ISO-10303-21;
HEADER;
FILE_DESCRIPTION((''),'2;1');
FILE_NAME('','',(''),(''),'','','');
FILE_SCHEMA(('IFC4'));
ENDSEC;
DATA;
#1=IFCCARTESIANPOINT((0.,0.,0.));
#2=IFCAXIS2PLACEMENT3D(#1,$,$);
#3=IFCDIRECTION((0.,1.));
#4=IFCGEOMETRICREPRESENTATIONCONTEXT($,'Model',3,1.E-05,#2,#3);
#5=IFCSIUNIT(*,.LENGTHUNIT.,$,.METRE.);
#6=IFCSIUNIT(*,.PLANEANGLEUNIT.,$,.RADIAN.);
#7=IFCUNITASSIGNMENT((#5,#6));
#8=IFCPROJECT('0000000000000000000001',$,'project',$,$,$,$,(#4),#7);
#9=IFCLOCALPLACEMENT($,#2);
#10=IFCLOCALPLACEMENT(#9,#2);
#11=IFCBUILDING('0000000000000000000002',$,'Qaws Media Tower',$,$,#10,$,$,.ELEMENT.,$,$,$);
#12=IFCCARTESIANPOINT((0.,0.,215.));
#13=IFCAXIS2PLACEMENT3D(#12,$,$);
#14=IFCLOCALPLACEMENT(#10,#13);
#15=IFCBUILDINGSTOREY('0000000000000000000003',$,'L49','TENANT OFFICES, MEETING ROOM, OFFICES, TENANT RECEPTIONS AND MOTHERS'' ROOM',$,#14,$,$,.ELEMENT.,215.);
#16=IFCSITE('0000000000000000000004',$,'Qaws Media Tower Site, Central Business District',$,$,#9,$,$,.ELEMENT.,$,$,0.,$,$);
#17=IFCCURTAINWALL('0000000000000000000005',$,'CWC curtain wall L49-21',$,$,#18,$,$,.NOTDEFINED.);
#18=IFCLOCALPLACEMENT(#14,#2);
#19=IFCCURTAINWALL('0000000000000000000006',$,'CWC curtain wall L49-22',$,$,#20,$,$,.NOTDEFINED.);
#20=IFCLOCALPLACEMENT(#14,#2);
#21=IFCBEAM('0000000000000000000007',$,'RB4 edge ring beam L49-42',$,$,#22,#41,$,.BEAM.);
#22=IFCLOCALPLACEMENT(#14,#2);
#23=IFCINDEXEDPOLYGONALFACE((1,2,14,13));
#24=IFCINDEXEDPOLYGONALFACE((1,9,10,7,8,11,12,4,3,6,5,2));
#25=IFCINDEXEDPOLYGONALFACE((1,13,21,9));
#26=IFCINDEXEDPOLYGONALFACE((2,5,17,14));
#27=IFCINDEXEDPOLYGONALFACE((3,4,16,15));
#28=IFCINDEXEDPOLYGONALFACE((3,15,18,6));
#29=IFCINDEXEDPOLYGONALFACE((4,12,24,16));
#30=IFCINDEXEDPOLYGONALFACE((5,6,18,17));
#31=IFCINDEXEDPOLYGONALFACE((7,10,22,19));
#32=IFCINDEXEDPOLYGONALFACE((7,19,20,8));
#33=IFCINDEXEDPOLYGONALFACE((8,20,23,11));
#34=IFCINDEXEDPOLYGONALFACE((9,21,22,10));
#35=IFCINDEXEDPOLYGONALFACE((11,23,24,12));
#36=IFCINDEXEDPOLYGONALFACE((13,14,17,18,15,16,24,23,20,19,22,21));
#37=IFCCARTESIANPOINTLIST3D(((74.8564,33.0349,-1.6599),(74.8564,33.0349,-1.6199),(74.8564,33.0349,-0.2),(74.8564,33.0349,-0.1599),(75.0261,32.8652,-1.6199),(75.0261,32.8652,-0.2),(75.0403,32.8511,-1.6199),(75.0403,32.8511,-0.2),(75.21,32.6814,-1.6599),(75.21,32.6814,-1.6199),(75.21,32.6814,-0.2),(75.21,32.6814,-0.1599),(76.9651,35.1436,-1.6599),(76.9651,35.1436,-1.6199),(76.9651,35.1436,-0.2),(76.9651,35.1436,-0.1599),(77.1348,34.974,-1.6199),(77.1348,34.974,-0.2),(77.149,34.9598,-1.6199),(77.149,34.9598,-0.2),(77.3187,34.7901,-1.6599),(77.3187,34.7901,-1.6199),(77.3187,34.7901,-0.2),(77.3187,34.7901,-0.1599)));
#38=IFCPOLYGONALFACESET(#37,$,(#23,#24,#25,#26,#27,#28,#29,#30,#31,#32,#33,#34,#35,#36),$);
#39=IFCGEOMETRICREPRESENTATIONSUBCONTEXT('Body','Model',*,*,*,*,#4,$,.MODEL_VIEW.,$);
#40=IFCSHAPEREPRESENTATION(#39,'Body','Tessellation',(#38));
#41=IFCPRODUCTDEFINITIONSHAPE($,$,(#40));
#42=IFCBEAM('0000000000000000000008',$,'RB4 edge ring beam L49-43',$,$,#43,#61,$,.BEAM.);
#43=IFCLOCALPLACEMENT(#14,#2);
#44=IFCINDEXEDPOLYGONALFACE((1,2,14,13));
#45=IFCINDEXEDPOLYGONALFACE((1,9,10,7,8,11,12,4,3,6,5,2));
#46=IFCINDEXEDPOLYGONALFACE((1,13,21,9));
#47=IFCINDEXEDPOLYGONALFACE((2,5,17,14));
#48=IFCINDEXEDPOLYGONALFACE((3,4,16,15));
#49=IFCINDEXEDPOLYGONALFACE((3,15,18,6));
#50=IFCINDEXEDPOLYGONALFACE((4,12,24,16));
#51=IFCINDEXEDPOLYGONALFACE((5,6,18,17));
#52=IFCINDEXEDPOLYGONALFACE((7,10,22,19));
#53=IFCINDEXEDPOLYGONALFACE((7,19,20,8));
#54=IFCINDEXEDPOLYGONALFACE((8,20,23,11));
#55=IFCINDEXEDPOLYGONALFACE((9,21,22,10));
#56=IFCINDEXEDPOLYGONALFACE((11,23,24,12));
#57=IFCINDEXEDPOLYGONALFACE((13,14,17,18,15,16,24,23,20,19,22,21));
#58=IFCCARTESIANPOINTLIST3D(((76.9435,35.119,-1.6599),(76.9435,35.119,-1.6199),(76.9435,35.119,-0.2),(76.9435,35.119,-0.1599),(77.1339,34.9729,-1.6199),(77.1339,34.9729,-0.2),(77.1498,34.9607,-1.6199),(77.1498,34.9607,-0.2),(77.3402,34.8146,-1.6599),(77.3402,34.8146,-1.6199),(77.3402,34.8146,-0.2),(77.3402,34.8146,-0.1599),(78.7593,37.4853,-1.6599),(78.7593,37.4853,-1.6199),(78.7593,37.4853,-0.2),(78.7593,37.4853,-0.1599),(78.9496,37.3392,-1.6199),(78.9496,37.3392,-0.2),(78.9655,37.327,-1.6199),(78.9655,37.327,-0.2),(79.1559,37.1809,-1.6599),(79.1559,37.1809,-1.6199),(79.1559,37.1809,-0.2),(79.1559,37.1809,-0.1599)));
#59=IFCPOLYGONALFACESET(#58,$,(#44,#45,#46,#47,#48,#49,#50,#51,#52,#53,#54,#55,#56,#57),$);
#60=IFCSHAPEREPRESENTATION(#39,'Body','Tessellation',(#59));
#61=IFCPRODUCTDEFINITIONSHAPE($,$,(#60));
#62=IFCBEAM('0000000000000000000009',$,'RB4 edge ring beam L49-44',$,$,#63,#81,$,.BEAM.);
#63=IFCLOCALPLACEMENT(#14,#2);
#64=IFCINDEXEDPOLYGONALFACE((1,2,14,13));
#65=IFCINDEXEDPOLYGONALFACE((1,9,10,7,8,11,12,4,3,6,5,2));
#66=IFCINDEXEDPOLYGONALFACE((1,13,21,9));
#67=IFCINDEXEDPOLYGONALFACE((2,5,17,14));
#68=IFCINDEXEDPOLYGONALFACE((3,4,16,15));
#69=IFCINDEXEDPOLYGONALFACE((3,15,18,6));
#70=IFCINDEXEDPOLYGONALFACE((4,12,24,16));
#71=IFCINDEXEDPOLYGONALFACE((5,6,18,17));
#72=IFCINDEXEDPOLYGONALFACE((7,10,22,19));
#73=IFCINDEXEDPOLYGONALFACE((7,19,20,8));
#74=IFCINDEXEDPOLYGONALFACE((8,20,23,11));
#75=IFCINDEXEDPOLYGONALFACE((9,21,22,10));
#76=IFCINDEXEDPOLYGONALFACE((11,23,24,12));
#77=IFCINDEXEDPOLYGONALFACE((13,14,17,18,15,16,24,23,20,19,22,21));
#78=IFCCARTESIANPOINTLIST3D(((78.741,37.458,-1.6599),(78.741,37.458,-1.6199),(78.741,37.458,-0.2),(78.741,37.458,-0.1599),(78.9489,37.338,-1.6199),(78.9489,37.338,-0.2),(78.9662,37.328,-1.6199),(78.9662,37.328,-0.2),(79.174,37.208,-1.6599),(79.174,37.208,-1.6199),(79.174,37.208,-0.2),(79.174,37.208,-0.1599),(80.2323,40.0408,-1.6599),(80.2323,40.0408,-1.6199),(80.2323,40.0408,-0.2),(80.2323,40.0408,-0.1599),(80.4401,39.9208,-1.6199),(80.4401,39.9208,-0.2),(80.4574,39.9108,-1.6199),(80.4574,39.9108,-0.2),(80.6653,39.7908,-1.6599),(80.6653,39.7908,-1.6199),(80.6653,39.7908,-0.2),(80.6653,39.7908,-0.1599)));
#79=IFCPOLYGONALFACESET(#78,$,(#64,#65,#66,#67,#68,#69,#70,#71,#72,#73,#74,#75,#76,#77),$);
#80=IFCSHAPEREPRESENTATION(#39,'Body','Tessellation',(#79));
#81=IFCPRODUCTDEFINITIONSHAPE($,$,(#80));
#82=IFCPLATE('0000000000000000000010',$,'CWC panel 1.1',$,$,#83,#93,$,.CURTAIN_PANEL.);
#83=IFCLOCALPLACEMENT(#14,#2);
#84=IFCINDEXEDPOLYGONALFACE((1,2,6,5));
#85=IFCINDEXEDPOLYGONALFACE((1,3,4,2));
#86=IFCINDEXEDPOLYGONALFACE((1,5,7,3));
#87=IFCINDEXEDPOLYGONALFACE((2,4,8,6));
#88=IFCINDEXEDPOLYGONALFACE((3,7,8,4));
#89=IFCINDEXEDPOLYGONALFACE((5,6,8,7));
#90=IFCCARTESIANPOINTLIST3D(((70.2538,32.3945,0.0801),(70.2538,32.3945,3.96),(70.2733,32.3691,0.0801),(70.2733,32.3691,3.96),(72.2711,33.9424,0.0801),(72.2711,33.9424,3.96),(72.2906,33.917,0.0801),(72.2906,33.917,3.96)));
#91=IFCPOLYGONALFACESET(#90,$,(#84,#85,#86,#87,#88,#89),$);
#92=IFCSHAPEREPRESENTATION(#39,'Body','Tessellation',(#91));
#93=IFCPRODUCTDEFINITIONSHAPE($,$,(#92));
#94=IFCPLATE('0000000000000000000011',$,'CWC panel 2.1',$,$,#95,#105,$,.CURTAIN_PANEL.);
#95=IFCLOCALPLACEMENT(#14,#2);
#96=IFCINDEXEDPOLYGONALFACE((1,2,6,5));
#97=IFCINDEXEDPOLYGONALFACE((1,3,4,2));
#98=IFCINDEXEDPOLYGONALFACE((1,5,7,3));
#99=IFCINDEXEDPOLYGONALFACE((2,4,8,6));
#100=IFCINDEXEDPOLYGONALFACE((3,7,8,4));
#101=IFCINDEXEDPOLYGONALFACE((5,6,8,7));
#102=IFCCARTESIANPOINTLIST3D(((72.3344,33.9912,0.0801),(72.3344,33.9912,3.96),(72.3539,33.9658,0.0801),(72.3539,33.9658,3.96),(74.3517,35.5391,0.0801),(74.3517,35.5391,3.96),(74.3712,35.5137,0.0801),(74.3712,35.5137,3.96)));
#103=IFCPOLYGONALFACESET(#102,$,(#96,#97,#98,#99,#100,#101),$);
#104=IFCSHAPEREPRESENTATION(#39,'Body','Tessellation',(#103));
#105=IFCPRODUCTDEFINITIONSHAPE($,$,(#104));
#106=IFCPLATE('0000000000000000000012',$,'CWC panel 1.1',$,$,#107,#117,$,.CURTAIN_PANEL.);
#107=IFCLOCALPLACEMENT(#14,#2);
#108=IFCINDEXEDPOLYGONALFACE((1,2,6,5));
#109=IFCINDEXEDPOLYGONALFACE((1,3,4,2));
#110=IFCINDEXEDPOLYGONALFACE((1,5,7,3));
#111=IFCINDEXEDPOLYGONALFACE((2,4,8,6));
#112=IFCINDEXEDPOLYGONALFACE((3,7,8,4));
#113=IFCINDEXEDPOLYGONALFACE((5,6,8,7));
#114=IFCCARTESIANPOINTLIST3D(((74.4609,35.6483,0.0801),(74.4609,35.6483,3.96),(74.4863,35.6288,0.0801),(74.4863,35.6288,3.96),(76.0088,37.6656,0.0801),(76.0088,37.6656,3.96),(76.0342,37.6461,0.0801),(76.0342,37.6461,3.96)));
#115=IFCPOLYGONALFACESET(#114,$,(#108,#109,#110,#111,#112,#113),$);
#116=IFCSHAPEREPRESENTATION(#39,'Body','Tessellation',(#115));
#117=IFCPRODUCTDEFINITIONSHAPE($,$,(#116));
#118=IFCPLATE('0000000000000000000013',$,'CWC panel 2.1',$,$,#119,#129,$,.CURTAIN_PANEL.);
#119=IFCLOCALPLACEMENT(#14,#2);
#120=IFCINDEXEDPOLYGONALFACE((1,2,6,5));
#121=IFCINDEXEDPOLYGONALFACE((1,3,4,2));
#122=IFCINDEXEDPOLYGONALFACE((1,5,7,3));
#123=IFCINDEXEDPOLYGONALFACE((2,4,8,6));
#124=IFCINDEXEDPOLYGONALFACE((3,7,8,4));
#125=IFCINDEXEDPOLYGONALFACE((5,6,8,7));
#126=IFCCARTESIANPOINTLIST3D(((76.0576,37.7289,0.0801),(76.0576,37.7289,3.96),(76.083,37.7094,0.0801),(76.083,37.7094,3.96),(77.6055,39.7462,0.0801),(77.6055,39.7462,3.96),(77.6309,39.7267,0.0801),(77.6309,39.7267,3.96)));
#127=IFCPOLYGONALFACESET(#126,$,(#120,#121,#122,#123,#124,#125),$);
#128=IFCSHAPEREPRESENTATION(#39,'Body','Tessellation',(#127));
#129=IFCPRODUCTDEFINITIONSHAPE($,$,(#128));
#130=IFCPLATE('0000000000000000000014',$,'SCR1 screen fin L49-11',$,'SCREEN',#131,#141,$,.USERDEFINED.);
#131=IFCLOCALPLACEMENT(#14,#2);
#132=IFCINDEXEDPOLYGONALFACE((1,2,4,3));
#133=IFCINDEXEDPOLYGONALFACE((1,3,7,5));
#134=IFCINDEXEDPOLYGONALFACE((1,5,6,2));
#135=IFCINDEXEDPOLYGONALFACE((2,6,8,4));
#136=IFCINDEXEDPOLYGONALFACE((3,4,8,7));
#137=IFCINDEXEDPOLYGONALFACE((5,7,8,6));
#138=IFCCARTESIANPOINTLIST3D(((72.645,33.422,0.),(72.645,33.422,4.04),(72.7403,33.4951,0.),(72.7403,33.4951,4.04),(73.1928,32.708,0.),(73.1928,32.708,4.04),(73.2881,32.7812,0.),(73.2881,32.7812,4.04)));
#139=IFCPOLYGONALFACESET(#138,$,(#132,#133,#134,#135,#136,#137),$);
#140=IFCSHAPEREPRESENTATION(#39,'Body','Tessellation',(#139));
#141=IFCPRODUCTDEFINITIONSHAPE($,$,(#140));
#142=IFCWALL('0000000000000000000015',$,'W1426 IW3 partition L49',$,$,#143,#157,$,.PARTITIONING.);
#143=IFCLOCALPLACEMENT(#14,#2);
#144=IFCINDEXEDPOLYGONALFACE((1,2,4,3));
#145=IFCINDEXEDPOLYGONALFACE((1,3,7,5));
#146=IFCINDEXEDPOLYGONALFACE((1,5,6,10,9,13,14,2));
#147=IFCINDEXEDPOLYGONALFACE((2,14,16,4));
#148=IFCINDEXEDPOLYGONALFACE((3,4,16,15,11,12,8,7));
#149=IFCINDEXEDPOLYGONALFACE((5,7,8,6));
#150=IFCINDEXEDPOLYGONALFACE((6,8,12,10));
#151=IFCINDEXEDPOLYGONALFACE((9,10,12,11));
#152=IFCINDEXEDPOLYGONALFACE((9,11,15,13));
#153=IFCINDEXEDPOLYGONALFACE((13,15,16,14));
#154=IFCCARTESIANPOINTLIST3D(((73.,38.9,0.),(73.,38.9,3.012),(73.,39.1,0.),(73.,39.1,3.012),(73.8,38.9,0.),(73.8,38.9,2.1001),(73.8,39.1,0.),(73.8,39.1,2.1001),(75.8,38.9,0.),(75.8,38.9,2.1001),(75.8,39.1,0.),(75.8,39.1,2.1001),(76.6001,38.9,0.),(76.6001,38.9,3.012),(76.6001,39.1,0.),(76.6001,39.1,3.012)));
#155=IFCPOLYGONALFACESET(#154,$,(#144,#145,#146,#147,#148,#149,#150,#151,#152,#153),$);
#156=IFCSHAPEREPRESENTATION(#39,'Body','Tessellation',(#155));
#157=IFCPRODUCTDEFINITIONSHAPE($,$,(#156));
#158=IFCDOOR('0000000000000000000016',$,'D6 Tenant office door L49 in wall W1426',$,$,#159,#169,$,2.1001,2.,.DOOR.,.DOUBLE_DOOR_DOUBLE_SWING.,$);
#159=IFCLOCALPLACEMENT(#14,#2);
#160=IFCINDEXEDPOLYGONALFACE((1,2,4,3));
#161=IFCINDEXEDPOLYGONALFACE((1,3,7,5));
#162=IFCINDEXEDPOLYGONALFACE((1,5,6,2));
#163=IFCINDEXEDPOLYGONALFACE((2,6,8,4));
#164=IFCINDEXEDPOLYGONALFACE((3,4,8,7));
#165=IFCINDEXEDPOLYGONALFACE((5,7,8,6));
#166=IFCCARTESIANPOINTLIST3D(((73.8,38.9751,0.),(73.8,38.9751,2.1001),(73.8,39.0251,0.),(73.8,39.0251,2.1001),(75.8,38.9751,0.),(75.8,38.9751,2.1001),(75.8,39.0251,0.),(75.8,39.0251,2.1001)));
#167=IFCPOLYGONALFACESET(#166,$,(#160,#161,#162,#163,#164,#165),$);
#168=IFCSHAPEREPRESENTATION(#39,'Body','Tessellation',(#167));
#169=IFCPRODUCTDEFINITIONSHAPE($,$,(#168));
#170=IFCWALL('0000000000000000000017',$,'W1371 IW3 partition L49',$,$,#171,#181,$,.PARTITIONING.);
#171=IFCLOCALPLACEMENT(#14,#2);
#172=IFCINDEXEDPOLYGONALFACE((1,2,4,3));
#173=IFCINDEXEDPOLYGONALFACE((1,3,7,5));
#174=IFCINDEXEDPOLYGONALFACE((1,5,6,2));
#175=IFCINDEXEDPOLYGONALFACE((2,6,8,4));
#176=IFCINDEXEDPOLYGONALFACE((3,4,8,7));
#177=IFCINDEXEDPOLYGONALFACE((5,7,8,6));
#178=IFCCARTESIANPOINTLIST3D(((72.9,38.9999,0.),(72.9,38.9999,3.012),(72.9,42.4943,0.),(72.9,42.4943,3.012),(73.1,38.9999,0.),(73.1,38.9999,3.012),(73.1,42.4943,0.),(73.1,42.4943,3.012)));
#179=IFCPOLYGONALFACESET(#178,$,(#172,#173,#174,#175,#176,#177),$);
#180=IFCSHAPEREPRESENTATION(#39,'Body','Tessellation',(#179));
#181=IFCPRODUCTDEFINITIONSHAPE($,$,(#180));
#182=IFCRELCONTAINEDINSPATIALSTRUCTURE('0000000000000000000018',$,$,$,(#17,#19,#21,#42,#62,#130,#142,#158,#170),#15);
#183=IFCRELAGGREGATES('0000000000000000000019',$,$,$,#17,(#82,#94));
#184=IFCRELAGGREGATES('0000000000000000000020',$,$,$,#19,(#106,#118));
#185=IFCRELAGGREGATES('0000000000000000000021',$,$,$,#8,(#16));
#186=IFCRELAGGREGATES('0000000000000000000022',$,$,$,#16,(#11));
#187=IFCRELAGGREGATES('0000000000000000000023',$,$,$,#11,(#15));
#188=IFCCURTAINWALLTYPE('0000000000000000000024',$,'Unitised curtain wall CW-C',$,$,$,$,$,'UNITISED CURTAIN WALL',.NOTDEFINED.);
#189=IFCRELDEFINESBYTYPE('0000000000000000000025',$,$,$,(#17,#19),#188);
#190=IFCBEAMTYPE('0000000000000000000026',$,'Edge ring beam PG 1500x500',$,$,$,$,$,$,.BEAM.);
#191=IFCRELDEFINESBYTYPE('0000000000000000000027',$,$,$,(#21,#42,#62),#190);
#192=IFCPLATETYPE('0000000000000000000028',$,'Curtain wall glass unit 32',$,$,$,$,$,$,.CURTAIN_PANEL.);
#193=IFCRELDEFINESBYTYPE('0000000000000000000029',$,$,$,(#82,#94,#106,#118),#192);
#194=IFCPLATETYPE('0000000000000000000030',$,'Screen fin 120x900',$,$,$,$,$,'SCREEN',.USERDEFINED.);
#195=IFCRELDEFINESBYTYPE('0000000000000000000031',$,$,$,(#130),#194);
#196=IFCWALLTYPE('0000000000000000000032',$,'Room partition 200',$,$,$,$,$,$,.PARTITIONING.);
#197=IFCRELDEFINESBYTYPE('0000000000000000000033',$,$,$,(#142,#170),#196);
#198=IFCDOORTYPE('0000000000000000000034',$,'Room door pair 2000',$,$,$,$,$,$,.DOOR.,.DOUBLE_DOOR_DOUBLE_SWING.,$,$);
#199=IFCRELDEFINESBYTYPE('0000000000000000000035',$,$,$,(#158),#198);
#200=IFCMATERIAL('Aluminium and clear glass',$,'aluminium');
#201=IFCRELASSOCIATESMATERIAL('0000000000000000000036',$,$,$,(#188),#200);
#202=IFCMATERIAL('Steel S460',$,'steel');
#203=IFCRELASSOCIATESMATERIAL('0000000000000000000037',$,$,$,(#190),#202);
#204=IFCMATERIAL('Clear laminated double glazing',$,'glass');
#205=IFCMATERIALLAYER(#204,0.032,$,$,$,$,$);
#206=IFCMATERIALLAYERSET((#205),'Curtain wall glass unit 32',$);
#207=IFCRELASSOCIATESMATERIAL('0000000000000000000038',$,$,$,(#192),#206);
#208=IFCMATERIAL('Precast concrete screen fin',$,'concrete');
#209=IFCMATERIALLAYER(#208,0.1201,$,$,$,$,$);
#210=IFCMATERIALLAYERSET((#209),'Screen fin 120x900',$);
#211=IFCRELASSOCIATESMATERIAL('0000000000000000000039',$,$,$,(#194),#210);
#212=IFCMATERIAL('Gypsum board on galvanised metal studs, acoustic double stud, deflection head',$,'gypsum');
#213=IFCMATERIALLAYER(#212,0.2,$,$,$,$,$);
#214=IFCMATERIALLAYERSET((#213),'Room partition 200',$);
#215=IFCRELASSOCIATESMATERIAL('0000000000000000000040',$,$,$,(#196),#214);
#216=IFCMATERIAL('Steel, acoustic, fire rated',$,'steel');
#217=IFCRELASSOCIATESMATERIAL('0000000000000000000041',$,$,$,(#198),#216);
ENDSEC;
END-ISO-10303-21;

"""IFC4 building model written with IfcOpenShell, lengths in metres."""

from ifc_helpers import new_model, si_unit, direction, frame, frame_2d, origin, origin_2d, place, context, subcontext, project, spatial, rectangle, i_section, extrude, material, layer, layer_set, material_profile, profile_set, type_object, element, fill, aggregate, save


model = new_model("IFC4")

# Units and contexts
model_context = context("Model", 3, precision=1e-05, world=origin(), true_north=direction((0.0, 1.0)))
body_context = subcontext(model_context, "Body", "Model", "MODEL_VIEW")
ifc_project = project(units=[si_unit("LENGTHUNIT", "METRE"), si_unit("PLANEANGLEUNIT", "RADIAN")], contexts=[model_context])

# Site, building, storey
site_placement = place(None, origin())
site = spatial("IfcSite", under=ifc_project, at=site_placement, Name="Qaws Media Tower Site, Central Business District", CompositionType="ELEMENT", RefElevation=0.0)
building_placement = place(site_placement, origin())
building = spatial("IfcBuilding", under=site, at=building_placement, Name="Qaws Media Tower", CompositionType="ELEMENT")
storey_placement = place(building_placement, frame((0.0, 0.0, 215.0)))
storey = spatial("IfcBuildingStorey", under=building, at=storey_placement, Name="L49", Description="TENANT OFFICES, MEETING ROOM, OFFICES, TENANT RECEPTIONS AND MOTHERS' ROOM", CompositionType="ELEMENT", Elevation=215.0)

# Curtain walls
ifc_material_1 = material(Name="Aluminium and clear glass", Category="aluminium")
curtain_wall_type = type_object("IfcCurtainWallType", Name="Unitised curtain wall CW-C", ElementType="UNITISED CURTAIN WALL", PredefinedType="NOTDEFINED", material=ifc_material_1)
curtain_wall_1_placement = place(storey_placement, origin())
curtain_wall_1 = element("IfcCurtainWall", 1, at=curtain_wall_1_placement, inside=storey, type_object=curtain_wall_type, Name="CWC curtain wall L49-21", PredefinedType="NOTDEFINED")
curtain_wall_2_placement = place(storey_placement, origin())
curtain_wall_2 = element("IfcCurtainWall", 2, at=curtain_wall_2_placement, inside=storey, type_object=curtain_wall_type, Name="CWC curtain wall L49-22", PredefinedType="NOTDEFINED")

# Beams
ifc_material_2 = material(Name="Steel S460", Category="steel")
ifc_material_profile_1 = material_profile(ifc_material_2, i_section(OverallWidth=0.5, OverallDepth=1.5, WebThickness=0.02, FlangeThickness=0.04, at=origin_2d()), Name="PG 1500x500")
ifc_profile_set_1 = profile_set([ifc_material_profile_1], Name="Steel S460")
beam_type = type_object("IfcBeamType", Name="Edge ring beam PG 1500x500", PredefinedType="BEAM", material=ifc_profile_set_1)
beam_1_placement = place(storey_placement, frame((75.0332, 32.8582, -0.9099), z_axis=(0.707107, 0.707107, 0.0), x_axis=(-0.707107, 0.707107, 0.0)))
element("IfcBeam", 3, at=beam_1_placement, inside=storey, type_object=beam_type, Name="RB4 edge ring beam L49-42", PredefinedType="BEAM", context=body_context, shape_type="SweptSolid", body=[
    extrude(i_section(OverallWidth=0.5, OverallDepth=1.5, WebThickness=0.02, FlangeThickness=0.04, at=origin_2d()), origin(), (0.0, 0.0, 1.0), 2.9822),
])
beam_2_placement = place(storey_placement, frame((77.1418, 34.9668, -0.9099), z_axis=(0.608765, 0.793351, 0.0), x_axis=(-0.793351, 0.608765, 0.0)))
element("IfcBeam", 4, at=beam_2_placement, inside=storey, type_object=beam_type, Name="RB4 edge ring beam L49-43", PredefinedType="BEAM", context=body_context, shape_type="SweptSolid", body=[
    extrude(i_section(OverallWidth=0.5, OverallDepth=1.5, WebThickness=0.02, FlangeThickness=0.04, at=origin_2d()), origin(), (0.0, 0.0, 1.0), 2.9827),
])
beam_3_placement = place(storey_placement, frame((78.9575, 37.333, -0.9099), z_axis=(0.500013, 0.866018, 0.0), x_axis=(-0.866018, 0.500013, 0.0)))
element("IfcBeam", 5, at=beam_3_placement, inside=storey, type_object=beam_type, Name="RB4 edge ring beam L49-44", PredefinedType="BEAM", context=body_context, shape_type="SweptSolid", body=[
    extrude(i_section(OverallWidth=0.5, OverallDepth=1.5, WebThickness=0.02, FlangeThickness=0.04, at=origin_2d()), origin(), (0.0, 0.0, 1.0), 2.9824),
])

# Plates
ifc_material_3 = material(Name="Clear laminated double glazing", Category="glass")
ifc_layer_1 = layer(ifc_material_3, 0.032)
ifc_layer_set_1 = layer_set([ifc_layer_1], Name="Curtain wall glass unit 32")
plate_type_1 = type_object("IfcPlateType", Name="Curtain wall glass unit 32", PredefinedType="CURTAIN_PANEL", material=ifc_layer_set_1)
plate_1_placement = place(storey_placement, frame((71.2722, 33.1558, 0.0801), z_axis=(0.0, 0.0, 1.0), x_axis=(0.793353, 0.608761, 0.0)))
plate_1 = element("IfcPlate", 6, at=plate_1_placement, type_object=plate_type_1, Name="CWC panel 1.1", PredefinedType="CURTAIN_PANEL", context=body_context, shape_type="SweptSolid", body=[
    extrude(rectangle(XDim=2.5427, YDim=0.032, at=origin_2d()), origin(), (0.0, 0.0, 1.0), 3.8799),
])
plate_2_placement = place(storey_placement, frame((73.3528, 34.7524, 0.0801), z_axis=(0.0, 0.0, 1.0), x_axis=(0.793353, 0.608761, 0.0)))
plate_2 = element("IfcPlate", 7, at=plate_2_placement, type_object=plate_type_1, Name="CWC panel 2.1", PredefinedType="CURTAIN_PANEL", context=body_context, shape_type="SweptSolid", body=[
    extrude(rectangle(XDim=2.5427, YDim=0.032, at=origin_2d()), origin(), (0.0, 0.0, 1.0), 3.8799),
])
aggregate(curtain_wall_1, [plate_1, plate_2])
plate_3_placement = place(storey_placement, frame((75.2476, 36.6472, 0.0801), z_axis=(0.0, 0.0, 1.0), x_axis=(0.608761, 0.793353, 0.0)))
plate_3 = element("IfcPlate", 8, at=plate_3_placement, type_object=plate_type_1, Name="CWC panel 1.1", PredefinedType="CURTAIN_PANEL", context=body_context, shape_type="SweptSolid", body=[
    extrude(rectangle(XDim=2.5427, YDim=0.032, at=origin_2d()), origin(), (0.0, 0.0, 1.0), 3.8799),
])
plate_4_placement = place(storey_placement, frame((76.8442, 38.7278, 0.0801), z_axis=(0.0, 0.0, 1.0), x_axis=(0.608761, 0.793353, 0.0)))
plate_4 = element("IfcPlate", 9, at=plate_4_placement, type_object=plate_type_1, Name="CWC panel 2.1", PredefinedType="CURTAIN_PANEL", context=body_context, shape_type="SweptSolid", body=[
    extrude(rectangle(XDim=2.5427, YDim=0.032, at=origin_2d()), origin(), (0.0, 0.0, 1.0), 3.8799),
])
aggregate(curtain_wall_2, [plate_3, plate_4])
ifc_material_4 = material(Name="Precast concrete screen fin", Category="concrete")
ifc_layer_2 = layer(ifc_material_4, 0.1201)
ifc_layer_set_2 = layer_set([ifc_layer_2], Name="Screen fin 120x900")
plate_type_2 = type_object("IfcPlateType", Name="Screen fin 120x900", ElementType="SCREEN", PredefinedType="USERDEFINED", material=ifc_layer_set_2)
plate_5_placement = place(storey_placement, frame((72.9666, 33.1016, 0.0), z_axis=(0.0, 0.0, 1.0), x_axis=(0.608761, -0.793353, 0.0)))
element("IfcPlate", 10, at=plate_5_placement, inside=storey, type_object=plate_type_2, Name="SCR1 screen fin L49-11", ObjectType="SCREEN", PredefinedType="USERDEFINED", context=body_context, shape_type="SweptSolid", body=[
    extrude(rectangle(XDim=0.8999, YDim=0.1201, at=origin_2d()), origin(), (0.0, 0.0, 1.0), 4.04),
])

# Wall, opening, door
ifc_material_5 = material(Name="Gypsum board on galvanised metal studs, acoustic double stud, deflection head", Category="gypsum")
ifc_layer_3 = layer(ifc_material_5, 0.2)
ifc_layer_set_3 = layer_set([ifc_layer_3], Name="Room partition 200")
wall_type = type_object("IfcWallType", Name="Room partition 200", PredefinedType="PARTITIONING", material=ifc_layer_set_3)
wall_1_placement = place(storey_placement, frame((76.6001, 39.0, 0.0), z_axis=(0.0, 0.0, 1.0), x_axis=(-1.0, 0.0, 0.0)))
wall_1 = element("IfcWall", 11, at=wall_1_placement, inside=storey, type_object=wall_type, Name="W1426 IW3 partition L49", PredefinedType="PARTITIONING", context=body_context, shape_type="SweptSolid", body=[
    extrude(rectangle(XDim=3.6001, YDim=0.2, at=frame_2d((1.8, 0.0))), origin(), (0.0, 0.0, 1.0), 3.012),
])
opening_placement = place(wall_1_placement, frame((0.8, 0.0, 0.0)))
opening = element("IfcOpeningElement", 12, at=opening_placement, cuts=wall_1, PredefinedType="OPENING", context=body_context, shape_type="SweptSolid", body=[
    extrude(rectangle(XDim=2.0, YDim=2.1001, at=frame_2d((1.0, 1.05))), frame((0.0, 0.1099, 0.0), z_axis=(0.0, -1.0, 0.0), x_axis=(1.0, 0.0, 0.0)), (0.0, 0.0, 1.0), 0.22),
])
ifc_material_6 = material(Name="Steel, acoustic, fire rated", Category="steel")
door_type = type_object("IfcDoorType", Name="Room door pair 2000", OperationType="DOUBLE_DOOR_DOUBLE_SWING", PredefinedType="DOOR", material=ifc_material_6)
door_placement = place(opening_placement, origin())
door = element("IfcDoor", 13, at=door_placement, inside=storey, type_object=door_type, Name="D6 Tenant office door L49 in wall W1426", OperationType="DOUBLE_DOOR_DOUBLE_SWING", OverallHeight=2.1001, OverallWidth=2.0, PredefinedType="DOOR", context=body_context, shape_type="SweptSolid", body=[
    extrude(rectangle(XDim=2.0, YDim=2.1001, at=frame_2d((1.0, 1.05))), frame((0.0, 0.0249, 0.0), z_axis=(0.0, -1.0, 0.0), x_axis=(1.0, 0.0, 0.0)), (0.0, 0.0, 1.0), 0.05),
])
fill(opening, door)

# Wall
wall_2_placement = place(storey_placement, frame((73.0, 39.0, 0.0), z_axis=(0.0, 0.0, 1.0), x_axis=(0.0, 1.0, 0.0)))
element("IfcWall", 14, at=wall_2_placement, inside=storey, type_object=wall_type, Name="W1371 IW3 partition L49", PredefinedType="PARTITIONING", context=body_context, shape_type="SweptSolid", body=[
    extrude(rectangle(XDim=3.4944, YDim=0.2, at=frame_2d((1.7471, 0.0))), origin(), (0.0, 0.0, 1.0), 3.012),
])

save(model, "model.ifc")
